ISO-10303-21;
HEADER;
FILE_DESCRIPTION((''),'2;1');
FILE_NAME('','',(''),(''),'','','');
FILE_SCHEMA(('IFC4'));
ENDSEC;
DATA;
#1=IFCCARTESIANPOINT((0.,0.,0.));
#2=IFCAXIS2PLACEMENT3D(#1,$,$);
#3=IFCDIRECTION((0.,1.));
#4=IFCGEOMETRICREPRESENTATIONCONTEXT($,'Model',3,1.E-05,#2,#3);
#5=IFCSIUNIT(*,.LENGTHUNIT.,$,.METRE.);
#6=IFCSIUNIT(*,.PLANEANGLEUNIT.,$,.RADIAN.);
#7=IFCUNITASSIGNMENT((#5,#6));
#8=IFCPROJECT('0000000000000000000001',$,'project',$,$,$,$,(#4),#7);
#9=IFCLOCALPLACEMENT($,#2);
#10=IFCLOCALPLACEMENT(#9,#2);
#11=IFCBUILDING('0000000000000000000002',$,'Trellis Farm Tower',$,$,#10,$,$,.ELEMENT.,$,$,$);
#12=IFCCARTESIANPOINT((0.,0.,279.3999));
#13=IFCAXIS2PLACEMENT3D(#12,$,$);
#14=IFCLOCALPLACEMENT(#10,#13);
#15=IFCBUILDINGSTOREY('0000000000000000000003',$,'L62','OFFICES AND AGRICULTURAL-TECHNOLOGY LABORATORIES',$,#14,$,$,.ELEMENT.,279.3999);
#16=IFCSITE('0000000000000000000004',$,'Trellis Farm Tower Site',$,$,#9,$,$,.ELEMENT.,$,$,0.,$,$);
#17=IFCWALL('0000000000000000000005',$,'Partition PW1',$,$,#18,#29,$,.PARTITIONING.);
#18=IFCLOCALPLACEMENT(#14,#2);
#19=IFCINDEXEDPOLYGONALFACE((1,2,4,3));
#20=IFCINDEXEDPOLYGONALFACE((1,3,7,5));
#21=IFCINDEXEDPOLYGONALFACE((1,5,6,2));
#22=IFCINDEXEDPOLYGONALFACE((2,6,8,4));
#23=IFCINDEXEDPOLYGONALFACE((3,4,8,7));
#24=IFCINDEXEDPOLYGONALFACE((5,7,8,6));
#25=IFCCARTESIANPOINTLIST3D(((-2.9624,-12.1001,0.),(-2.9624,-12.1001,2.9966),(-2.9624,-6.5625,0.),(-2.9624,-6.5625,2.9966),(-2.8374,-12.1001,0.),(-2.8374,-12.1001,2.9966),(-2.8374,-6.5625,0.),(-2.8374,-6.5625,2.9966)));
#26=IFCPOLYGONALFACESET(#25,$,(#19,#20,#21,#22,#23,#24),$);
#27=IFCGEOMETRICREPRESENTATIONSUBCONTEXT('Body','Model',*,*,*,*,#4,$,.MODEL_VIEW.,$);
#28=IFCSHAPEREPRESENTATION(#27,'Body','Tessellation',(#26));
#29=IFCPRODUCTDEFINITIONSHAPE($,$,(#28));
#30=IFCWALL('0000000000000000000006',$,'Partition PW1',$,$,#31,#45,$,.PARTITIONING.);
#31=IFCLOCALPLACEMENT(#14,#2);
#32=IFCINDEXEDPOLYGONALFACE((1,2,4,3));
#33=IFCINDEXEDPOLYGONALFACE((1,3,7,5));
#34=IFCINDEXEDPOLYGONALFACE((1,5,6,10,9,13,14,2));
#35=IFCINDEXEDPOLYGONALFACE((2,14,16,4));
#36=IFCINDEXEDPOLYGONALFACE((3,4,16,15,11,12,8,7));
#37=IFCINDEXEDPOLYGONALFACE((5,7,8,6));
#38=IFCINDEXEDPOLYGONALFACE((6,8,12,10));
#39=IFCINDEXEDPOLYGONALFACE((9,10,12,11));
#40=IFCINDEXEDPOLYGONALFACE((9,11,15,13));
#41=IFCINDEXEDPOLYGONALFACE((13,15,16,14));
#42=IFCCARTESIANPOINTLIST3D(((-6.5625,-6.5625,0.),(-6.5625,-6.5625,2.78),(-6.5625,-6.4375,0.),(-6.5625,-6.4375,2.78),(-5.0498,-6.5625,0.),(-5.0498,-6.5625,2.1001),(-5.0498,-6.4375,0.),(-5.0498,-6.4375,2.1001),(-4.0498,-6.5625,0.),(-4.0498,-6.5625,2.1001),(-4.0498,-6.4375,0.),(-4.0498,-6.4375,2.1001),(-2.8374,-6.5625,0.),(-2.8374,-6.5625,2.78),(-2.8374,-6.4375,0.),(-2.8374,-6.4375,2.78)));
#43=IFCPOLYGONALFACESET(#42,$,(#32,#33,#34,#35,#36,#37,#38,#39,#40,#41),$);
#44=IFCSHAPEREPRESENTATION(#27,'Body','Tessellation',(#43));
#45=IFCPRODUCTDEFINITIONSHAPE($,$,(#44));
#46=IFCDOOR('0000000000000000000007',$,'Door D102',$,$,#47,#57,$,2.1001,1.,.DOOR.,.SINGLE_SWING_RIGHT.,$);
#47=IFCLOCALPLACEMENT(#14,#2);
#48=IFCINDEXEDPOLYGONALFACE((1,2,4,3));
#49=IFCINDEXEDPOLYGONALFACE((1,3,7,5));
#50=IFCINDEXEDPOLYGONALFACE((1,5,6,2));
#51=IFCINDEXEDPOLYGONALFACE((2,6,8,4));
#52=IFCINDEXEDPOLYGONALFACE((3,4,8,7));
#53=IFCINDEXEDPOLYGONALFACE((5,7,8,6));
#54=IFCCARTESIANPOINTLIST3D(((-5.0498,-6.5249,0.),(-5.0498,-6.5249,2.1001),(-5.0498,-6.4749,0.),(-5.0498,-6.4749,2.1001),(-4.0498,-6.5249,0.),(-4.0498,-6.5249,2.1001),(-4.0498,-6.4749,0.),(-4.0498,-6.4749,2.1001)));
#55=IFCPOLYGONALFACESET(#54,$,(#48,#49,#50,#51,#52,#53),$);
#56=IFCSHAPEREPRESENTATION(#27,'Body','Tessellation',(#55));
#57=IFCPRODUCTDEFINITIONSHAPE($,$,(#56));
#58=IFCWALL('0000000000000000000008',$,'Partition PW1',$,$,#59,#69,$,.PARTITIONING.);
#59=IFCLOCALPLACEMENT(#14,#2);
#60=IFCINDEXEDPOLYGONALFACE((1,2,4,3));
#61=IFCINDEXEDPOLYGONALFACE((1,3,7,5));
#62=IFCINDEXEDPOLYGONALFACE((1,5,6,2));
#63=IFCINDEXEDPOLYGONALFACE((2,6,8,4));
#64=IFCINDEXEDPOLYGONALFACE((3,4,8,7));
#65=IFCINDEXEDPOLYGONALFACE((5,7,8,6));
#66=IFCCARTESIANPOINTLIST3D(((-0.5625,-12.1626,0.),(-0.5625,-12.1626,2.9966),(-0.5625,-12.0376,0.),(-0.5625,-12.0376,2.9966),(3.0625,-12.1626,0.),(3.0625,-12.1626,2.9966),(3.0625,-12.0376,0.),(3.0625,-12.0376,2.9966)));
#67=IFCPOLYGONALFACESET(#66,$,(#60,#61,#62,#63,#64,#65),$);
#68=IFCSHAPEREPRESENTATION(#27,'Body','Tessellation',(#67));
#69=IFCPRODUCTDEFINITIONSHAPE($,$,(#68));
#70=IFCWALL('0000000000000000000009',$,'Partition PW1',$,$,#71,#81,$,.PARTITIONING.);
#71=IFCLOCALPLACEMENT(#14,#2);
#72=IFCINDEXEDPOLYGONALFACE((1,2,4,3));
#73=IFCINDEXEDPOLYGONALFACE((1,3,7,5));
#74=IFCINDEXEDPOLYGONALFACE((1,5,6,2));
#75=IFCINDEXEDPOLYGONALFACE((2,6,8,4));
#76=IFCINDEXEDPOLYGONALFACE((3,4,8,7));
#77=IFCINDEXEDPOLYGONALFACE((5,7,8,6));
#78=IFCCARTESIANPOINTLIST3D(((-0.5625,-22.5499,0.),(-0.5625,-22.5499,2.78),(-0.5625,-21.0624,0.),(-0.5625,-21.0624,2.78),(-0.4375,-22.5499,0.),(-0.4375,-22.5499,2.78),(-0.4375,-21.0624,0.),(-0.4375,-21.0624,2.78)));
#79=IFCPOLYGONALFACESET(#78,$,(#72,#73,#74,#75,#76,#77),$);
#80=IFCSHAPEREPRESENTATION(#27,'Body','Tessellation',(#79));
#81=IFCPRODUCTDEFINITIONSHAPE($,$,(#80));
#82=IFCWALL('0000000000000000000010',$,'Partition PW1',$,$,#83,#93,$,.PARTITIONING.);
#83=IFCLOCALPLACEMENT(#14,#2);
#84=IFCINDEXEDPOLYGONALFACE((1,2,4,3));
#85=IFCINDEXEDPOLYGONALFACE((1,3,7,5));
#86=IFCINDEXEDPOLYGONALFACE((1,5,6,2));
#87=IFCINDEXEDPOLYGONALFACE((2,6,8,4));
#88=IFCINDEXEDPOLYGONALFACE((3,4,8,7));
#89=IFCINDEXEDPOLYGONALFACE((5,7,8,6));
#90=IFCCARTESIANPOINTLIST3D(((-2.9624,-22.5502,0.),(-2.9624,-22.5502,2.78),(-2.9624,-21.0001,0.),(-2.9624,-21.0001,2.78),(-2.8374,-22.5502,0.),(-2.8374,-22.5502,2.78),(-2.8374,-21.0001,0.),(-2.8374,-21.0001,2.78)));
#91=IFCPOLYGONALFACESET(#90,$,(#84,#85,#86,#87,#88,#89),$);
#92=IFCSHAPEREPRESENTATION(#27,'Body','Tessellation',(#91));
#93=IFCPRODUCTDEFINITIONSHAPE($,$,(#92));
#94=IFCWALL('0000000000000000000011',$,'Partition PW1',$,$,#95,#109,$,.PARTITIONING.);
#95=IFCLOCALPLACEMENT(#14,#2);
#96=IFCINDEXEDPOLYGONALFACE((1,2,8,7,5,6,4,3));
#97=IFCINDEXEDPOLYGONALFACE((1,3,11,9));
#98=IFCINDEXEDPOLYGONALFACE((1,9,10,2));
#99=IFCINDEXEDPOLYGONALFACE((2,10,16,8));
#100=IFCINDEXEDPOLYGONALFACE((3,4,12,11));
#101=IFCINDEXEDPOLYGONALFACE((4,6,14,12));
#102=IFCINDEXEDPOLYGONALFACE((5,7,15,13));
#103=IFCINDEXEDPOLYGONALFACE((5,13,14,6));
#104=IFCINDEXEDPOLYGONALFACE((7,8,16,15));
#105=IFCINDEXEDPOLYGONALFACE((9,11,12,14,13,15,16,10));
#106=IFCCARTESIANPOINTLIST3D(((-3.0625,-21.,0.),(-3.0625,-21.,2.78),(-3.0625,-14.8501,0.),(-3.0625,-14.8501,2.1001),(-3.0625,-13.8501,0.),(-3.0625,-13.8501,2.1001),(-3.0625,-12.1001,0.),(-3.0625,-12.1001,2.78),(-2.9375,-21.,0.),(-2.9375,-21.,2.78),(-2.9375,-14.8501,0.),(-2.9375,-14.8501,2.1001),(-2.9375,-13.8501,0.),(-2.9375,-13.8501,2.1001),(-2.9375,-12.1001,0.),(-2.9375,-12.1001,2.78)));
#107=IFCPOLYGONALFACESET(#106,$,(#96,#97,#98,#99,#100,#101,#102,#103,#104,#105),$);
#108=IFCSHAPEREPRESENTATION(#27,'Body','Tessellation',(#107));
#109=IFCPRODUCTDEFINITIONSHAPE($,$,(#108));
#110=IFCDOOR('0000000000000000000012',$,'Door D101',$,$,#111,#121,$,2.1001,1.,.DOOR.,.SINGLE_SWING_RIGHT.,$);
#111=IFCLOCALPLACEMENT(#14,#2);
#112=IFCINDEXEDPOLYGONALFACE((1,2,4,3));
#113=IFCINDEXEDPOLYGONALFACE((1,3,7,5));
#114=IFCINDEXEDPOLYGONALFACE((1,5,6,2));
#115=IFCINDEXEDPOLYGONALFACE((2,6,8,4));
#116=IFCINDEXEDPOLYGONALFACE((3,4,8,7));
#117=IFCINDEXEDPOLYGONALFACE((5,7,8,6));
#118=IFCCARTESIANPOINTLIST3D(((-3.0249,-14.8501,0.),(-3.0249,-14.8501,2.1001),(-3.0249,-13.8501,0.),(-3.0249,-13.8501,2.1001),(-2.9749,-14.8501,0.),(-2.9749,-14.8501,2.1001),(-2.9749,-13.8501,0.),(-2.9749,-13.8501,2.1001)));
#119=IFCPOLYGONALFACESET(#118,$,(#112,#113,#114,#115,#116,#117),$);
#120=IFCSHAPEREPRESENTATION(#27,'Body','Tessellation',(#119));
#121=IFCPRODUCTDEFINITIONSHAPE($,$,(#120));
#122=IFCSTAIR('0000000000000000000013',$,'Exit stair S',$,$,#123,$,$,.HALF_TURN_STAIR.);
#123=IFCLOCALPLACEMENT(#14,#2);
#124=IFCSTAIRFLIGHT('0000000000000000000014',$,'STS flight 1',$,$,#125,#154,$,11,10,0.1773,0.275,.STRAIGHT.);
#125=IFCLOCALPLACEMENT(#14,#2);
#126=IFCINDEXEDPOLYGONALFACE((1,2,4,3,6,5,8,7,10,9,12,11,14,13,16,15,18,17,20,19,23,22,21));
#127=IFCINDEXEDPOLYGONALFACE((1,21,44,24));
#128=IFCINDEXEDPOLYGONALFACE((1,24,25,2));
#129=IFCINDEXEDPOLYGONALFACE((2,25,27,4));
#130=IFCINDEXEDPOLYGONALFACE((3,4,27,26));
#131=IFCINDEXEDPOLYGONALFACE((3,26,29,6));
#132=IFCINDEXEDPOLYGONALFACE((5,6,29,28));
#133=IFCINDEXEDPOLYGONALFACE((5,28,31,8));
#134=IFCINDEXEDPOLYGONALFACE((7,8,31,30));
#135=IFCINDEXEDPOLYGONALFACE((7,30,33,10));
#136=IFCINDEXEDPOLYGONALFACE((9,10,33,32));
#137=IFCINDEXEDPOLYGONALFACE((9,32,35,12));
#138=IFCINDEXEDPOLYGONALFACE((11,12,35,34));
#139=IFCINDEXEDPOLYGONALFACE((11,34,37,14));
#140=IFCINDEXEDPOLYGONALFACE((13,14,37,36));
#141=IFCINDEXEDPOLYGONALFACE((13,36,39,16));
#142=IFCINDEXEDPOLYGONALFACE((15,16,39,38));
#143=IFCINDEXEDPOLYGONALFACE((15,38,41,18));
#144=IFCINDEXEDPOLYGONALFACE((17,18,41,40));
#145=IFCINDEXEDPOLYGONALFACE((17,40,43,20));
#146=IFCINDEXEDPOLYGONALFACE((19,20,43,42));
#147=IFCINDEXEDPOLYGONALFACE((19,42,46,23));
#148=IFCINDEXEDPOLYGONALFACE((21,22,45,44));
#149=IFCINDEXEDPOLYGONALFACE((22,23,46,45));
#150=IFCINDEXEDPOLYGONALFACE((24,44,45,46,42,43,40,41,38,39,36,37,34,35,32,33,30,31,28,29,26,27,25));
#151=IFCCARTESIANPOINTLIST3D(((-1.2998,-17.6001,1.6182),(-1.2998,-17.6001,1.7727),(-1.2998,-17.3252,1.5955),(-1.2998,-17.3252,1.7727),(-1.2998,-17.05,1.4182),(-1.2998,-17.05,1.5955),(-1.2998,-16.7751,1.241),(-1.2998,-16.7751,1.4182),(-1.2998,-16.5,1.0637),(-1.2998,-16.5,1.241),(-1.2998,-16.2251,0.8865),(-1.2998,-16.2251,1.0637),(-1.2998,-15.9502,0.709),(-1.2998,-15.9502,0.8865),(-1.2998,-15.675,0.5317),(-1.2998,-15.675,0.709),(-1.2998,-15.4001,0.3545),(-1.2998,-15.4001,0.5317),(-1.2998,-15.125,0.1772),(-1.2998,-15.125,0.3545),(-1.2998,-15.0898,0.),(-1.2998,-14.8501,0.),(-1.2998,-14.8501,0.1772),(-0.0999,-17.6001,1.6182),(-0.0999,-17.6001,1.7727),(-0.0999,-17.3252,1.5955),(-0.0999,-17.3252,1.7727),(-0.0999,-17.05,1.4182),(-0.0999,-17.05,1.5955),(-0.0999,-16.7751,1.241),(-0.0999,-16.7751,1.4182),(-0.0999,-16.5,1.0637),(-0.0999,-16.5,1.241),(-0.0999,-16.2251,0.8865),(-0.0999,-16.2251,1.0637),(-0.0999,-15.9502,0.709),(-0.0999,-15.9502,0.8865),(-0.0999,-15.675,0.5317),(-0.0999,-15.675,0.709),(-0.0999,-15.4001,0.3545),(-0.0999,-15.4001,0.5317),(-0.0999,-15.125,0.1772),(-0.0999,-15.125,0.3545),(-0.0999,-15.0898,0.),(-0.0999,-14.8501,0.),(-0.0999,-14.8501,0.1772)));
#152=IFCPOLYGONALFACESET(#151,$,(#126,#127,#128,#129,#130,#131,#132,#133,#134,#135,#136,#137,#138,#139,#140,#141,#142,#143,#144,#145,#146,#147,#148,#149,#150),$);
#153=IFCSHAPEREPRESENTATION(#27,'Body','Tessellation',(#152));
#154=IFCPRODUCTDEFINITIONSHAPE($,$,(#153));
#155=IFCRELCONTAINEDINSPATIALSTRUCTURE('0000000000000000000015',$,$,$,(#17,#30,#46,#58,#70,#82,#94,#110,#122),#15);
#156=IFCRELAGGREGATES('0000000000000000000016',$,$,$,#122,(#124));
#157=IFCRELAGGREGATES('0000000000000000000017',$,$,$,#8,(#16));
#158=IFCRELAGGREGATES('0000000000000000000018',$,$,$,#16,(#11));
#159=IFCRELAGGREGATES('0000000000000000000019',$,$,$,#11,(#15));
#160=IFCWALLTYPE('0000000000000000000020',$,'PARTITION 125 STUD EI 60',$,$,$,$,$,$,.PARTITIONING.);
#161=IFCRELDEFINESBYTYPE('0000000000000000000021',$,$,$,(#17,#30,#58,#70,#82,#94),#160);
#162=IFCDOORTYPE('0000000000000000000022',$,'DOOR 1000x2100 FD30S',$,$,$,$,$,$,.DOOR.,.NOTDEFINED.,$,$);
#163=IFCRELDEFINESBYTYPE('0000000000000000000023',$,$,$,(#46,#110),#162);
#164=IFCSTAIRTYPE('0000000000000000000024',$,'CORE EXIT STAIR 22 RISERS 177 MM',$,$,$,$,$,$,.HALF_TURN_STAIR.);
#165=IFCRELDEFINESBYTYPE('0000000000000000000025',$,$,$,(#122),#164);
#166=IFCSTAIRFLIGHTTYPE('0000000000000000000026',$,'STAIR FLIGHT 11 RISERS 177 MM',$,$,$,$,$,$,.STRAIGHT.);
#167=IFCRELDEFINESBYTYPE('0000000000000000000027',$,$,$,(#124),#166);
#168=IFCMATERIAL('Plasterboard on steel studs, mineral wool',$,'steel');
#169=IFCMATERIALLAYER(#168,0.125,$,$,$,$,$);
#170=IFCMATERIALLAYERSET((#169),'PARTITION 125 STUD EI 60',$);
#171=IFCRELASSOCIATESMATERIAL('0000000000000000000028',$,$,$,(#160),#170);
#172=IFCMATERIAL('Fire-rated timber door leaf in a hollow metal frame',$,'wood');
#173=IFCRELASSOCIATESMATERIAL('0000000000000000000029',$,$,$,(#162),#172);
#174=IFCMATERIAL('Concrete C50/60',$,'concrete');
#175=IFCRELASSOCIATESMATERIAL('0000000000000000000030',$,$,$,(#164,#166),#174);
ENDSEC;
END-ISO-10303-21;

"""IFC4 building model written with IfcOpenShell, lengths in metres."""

from ifc_helpers import new_model, si_unit, direction, frame, frame_2d, origin, place, context, subcontext, project, spatial, polyline, rectangle, outline, extrude, source, transform, mapped, material, layer, layer_set, type_object, element, fill, aggregate, save


model = new_model("IFC4")

# Units and contexts
model_context = context("Model", 3, precision=1e-05, world=origin(), true_north=direction((0.0, 1.0)))
body_context = subcontext(model_context, "Body", "Model", "MODEL_VIEW")
ifc_project = project(units=[si_unit("LENGTHUNIT", "METRE"), si_unit("PLANEANGLEUNIT", "RADIAN")], contexts=[model_context])

# Site, building, storey
site_placement = place(None, origin())
site = spatial("IfcSite", under=ifc_project, at=site_placement, Name="Trellis Farm Tower Site", CompositionType="ELEMENT", RefElevation=0.0)
building_placement = place(site_placement, origin())
building = spatial("IfcBuilding", under=site, at=building_placement, Name="Trellis Farm Tower", CompositionType="ELEMENT")
storey_placement = place(building_placement, frame((0.0, 0.0, 279.3999)))
storey = spatial("IfcBuildingStorey", under=building, at=storey_placement, Name="L62", Description="OFFICES AND AGRICULTURAL-TECHNOLOGY LABORATORIES", CompositionType="ELEMENT", Elevation=279.3999)

# Shared definitions
placement = place(storey_placement, origin())

# Wall
ifc_material_1 = material(Name="Concrete C50/60", Category="concrete")
ifc_material_2 = material(Name="Plasterboard on steel studs, mineral wool", Category="steel")
ifc_layer_1 = layer(ifc_material_2, 0.125)
ifc_layer_set_1 = layer_set([ifc_layer_1], Name="PARTITION 125 STUD EI 60")
wall_type_1 = type_object("IfcWallType", Name="PARTITION 125 STUD EI 60", PredefinedType="PARTITIONING", material=ifc_layer_set_1)
shared_shape_1 = source(origin(), body_context, "Body", "SweptSolid", [
    extrude(rectangle(XDim=5.5376, YDim=0.125, at=frame_2d((2.7688, 0.0))), origin(), (0.0, 0.0, 1.0), 2.9966),
])
wall_1_placement = place(storey_placement, frame((-2.8999, -12.1001, 0.0), z_axis=(0.0, 0.0, 1.0), x_axis=(0.0, 1.0, 0.0)))
element("IfcWall", 1, at=wall_1_placement, inside=storey, type_object=wall_type_1, Name="Partition PW1", PredefinedType="PARTITIONING", context=body_context, shape_type="MappedRepresentation", body=[
    mapped(shared_shape_1, transform((0.0, 0.0, 0.0))),
])

# Wall, opening, door
shared_shape_2 = source(origin(), body_context, "Body", "SweptSolid", [
    extrude(rectangle(XDim=3.7251, YDim=0.125, at=frame_2d((1.8625, 0.0))), origin(), (0.0, 0.0, 1.0), 2.78),
])
wall_2_placement = place(storey_placement, frame((-2.8374, -6.5, 0.0), z_axis=(0.0, 0.0, 1.0), x_axis=(-1.0, 0.0, 0.0)))
wall_2 = element("IfcWall", 2, at=wall_2_placement, inside=storey, type_object=wall_type_1, Name="Partition PW1", PredefinedType="PARTITIONING", context=body_context, shape_type="MappedRepresentation", body=[
    mapped(shared_shape_2, transform((0.0, 0.0, 0.0))),
])
shared_shape_3 = source(origin(), body_context, "Body", "SweptSolid", [
    extrude(rectangle(XDim=1.0, YDim=2.1001, at=frame_2d((0.5, 1.05))), frame((0.0, 0.0725, 0.0), z_axis=(0.0, -1.0, 0.0), x_axis=(1.0, 0.0, 0.0)), (0.0, 0.0, 1.0), 0.145),
])
opening_1_placement = place(wall_2_placement, frame((1.2124, 0.0, 0.0)))
opening_1 = element("IfcOpeningElement", 3, at=opening_1_placement, cuts=wall_2, PredefinedType="OPENING", context=body_context, shape_type="MappedRepresentation", body=[
    mapped(shared_shape_3, transform((0.0, 0.0, 0.0))),
])
ifc_material_3 = material(Name="Fire-rated timber door leaf in a hollow metal frame", Category="wood")
door_type = type_object("IfcDoorType", Name="DOOR 1000x2100 FD30S", OperationType="NOTDEFINED", PredefinedType="DOOR", material=ifc_material_3)
shared_shape_4 = source(origin(), body_context, "Body", "SweptSolid", [
    extrude(rectangle(XDim=1.0, YDim=2.1001, at=frame_2d((0.5, 1.05))), frame((0.0, 0.0249, 0.0), z_axis=(0.0, -1.0, 0.0), x_axis=(1.0, 0.0, 0.0)), (0.0, 0.0, 1.0), 0.05),
])
door_1_placement = place(opening_1_placement, origin())
door_1 = element("IfcDoor", 4, at=door_1_placement, inside=storey, type_object=door_type, Name="Door D102", OperationType="SINGLE_SWING_RIGHT", OverallHeight=2.1001, OverallWidth=1.0, PredefinedType="DOOR", context=body_context, shape_type="MappedRepresentation", body=[
    mapped(shared_shape_4, transform((0.0, 0.0, 0.0))),
])
fill(opening_1, door_1)

# Walls
shared_shape_5 = source(origin(), body_context, "Body", "SweptSolid", [
    extrude(rectangle(XDim=3.625, YDim=0.125, at=frame_2d((1.8125, 0.0))), origin(), (0.0, 0.0, 1.0), 2.9966),
])
wall_3_placement = place(storey_placement, frame((-0.5625, -12.1001, 0.0), z_axis=(0.0, 0.0, 1.0), x_axis=(1.0, 0.0, 0.0)))
element("IfcWall", 5, at=wall_3_placement, inside=storey, type_object=wall_type_1, Name="Partition PW1", PredefinedType="PARTITIONING", context=body_context, shape_type="MappedRepresentation", body=[
    mapped(shared_shape_5, transform((0.0, 0.0, 0.0))),
])
shared_shape_6 = source(origin(), body_context, "Body", "SweptSolid", [
    extrude(rectangle(XDim=1.4875, YDim=0.125, at=frame_2d((0.7437, 0.0))), origin(), (0.0, 0.0, 1.0), 2.78),
])
wall_4_placement = place(storey_placement, frame((-0.5, -21.0625, 0.0), z_axis=(0.0, 0.0, 1.0), x_axis=(0.0, -1.0, 0.0)))
element("IfcWall", 6, at=wall_4_placement, inside=storey, type_object=wall_type_1, Name="Partition PW1", PredefinedType="PARTITIONING", context=body_context, shape_type="MappedRepresentation", body=[
    mapped(shared_shape_6, transform((0.0, 0.0, 0.0))),
])
shared_shape_7 = source(origin(), body_context, "Body", "SweptSolid", [
    extrude(rectangle(XDim=1.55, YDim=0.125, at=frame_2d((0.7749, 0.0))), origin(), (0.0, 0.0, 1.0), 2.78),
])
wall_5_placement = place(storey_placement, frame((-2.8999, -22.55, 0.0), z_axis=(0.0, 0.0, 1.0), x_axis=(0.0, 1.0, 0.0)))
element("IfcWall", 7, at=wall_5_placement, inside=storey, type_object=wall_type_1, Name="Partition PW1", PredefinedType="PARTITIONING", context=body_context, shape_type="MappedRepresentation", body=[
    mapped(shared_shape_7, transform((0.0, 0.0, 0.0))),
])

# Wall, opening, door
shared_shape_8 = source(origin(), body_context, "Body", "SweptSolid", [
    extrude(rectangle(XDim=8.8999, YDim=0.125, at=frame_2d((4.45, 0.0))), origin(), (0.0, 0.0, 1.0), 2.78),
])
wall_6_placement = place(storey_placement, frame((-3.0, -21.0, 0.0), z_axis=(0.0, 0.0, 1.0), x_axis=(0.0, 1.0, 0.0)))
wall_6 = element("IfcWall", 8, at=wall_6_placement, inside=storey, type_object=wall_type_1, Name="Partition PW1", PredefinedType="PARTITIONING", context=body_context, shape_type="MappedRepresentation", body=[
    mapped(shared_shape_8, transform((0.0, 0.0, 0.0))),
])
opening_2_placement = place(wall_6_placement, frame((6.1499, 0.0, 0.0)))
opening_2 = element("IfcOpeningElement", 9, at=opening_2_placement, cuts=wall_6, PredefinedType="OPENING", context=body_context, shape_type="MappedRepresentation", body=[
    mapped(shared_shape_3, transform((0.0, 0.0, 0.0))),
])
door_2_placement = place(opening_2_placement, origin())
door_2 = element("IfcDoor", 10, at=door_2_placement, inside=storey, type_object=door_type, Name="Door D101", OperationType="SINGLE_SWING_RIGHT", OverallHeight=2.1001, OverallWidth=1.0, PredefinedType="DOOR", context=body_context, shape_type="MappedRepresentation", body=[
    mapped(shared_shape_4, transform((0.0, 0.0, 0.0))),
])
fill(opening_2, door_2)

# Stair, stair flight
stair_type = type_object("IfcStairType", Name="CORE EXIT STAIR 22 RISERS 177 MM", PredefinedType="HALF_TURN_STAIR", material=ifc_material_1)
stair = element("IfcStair", 11, at=placement, inside=storey, type_object=stair_type, Name="Exit stair S", PredefinedType="HALF_TURN_STAIR")
stair_flight_type = type_object("IfcStairFlightType", Name="STAIR FLIGHT 11 RISERS 177 MM", PredefinedType="STRAIGHT", material=ifc_material_1)
shared_shape_9 = source(origin(), body_context, "Body", "SweptSolid", [
    extrude(outline(polyline([(0.0, 0.0), (0.0, 0.1772), (0.2749, 0.1772), (0.2749, 0.3545), (0.55, 0.3545), (0.55, 0.5317), (0.825, 0.5317), (0.825, 0.709), (1.1001, 0.709), (1.1001, 0.8865), (1.375, 0.8865), (1.375, 1.0637), (1.6499, 1.0637), (1.6499, 1.241), (1.925, 1.241), (1.925, 1.4182), (2.2, 1.4182), (2.2, 1.5955), (2.4751, 1.5955), (2.4751, 1.7727), (2.75, 1.7727), (2.75, 1.95), (2.75, 1.6182), (0.2397, 0.0), (0.0, 0.0)])), frame((0.0, 0.6001, 0.0), z_axis=(0.0, -1.0, 0.0), x_axis=(1.0, 0.0, 0.0)), (0.0, 0.0, 1.0), 1.2),
])
stair_flight_placement = place(storey_placement, frame((-0.7, -14.8501, 0.0), z_axis=(0.0, 0.0, 1.0), x_axis=(0.0, -1.0, 0.0)))
stair_flight = element("IfcStairFlight", 12, at=stair_flight_placement, type_object=stair_flight_type, Name="STS flight 1", NumberOfRisers=11, NumberOfTreads=10, PredefinedType="STRAIGHT", RiserHeight=0.1773, TreadLength=0.275, context=body_context, shape_type="MappedRepresentation", body=[
    mapped(shared_shape_9, transform((0.0, 0.0, 0.0))),
])
aggregate(stair, [stair_flight])

save(model, "model.ifc")
